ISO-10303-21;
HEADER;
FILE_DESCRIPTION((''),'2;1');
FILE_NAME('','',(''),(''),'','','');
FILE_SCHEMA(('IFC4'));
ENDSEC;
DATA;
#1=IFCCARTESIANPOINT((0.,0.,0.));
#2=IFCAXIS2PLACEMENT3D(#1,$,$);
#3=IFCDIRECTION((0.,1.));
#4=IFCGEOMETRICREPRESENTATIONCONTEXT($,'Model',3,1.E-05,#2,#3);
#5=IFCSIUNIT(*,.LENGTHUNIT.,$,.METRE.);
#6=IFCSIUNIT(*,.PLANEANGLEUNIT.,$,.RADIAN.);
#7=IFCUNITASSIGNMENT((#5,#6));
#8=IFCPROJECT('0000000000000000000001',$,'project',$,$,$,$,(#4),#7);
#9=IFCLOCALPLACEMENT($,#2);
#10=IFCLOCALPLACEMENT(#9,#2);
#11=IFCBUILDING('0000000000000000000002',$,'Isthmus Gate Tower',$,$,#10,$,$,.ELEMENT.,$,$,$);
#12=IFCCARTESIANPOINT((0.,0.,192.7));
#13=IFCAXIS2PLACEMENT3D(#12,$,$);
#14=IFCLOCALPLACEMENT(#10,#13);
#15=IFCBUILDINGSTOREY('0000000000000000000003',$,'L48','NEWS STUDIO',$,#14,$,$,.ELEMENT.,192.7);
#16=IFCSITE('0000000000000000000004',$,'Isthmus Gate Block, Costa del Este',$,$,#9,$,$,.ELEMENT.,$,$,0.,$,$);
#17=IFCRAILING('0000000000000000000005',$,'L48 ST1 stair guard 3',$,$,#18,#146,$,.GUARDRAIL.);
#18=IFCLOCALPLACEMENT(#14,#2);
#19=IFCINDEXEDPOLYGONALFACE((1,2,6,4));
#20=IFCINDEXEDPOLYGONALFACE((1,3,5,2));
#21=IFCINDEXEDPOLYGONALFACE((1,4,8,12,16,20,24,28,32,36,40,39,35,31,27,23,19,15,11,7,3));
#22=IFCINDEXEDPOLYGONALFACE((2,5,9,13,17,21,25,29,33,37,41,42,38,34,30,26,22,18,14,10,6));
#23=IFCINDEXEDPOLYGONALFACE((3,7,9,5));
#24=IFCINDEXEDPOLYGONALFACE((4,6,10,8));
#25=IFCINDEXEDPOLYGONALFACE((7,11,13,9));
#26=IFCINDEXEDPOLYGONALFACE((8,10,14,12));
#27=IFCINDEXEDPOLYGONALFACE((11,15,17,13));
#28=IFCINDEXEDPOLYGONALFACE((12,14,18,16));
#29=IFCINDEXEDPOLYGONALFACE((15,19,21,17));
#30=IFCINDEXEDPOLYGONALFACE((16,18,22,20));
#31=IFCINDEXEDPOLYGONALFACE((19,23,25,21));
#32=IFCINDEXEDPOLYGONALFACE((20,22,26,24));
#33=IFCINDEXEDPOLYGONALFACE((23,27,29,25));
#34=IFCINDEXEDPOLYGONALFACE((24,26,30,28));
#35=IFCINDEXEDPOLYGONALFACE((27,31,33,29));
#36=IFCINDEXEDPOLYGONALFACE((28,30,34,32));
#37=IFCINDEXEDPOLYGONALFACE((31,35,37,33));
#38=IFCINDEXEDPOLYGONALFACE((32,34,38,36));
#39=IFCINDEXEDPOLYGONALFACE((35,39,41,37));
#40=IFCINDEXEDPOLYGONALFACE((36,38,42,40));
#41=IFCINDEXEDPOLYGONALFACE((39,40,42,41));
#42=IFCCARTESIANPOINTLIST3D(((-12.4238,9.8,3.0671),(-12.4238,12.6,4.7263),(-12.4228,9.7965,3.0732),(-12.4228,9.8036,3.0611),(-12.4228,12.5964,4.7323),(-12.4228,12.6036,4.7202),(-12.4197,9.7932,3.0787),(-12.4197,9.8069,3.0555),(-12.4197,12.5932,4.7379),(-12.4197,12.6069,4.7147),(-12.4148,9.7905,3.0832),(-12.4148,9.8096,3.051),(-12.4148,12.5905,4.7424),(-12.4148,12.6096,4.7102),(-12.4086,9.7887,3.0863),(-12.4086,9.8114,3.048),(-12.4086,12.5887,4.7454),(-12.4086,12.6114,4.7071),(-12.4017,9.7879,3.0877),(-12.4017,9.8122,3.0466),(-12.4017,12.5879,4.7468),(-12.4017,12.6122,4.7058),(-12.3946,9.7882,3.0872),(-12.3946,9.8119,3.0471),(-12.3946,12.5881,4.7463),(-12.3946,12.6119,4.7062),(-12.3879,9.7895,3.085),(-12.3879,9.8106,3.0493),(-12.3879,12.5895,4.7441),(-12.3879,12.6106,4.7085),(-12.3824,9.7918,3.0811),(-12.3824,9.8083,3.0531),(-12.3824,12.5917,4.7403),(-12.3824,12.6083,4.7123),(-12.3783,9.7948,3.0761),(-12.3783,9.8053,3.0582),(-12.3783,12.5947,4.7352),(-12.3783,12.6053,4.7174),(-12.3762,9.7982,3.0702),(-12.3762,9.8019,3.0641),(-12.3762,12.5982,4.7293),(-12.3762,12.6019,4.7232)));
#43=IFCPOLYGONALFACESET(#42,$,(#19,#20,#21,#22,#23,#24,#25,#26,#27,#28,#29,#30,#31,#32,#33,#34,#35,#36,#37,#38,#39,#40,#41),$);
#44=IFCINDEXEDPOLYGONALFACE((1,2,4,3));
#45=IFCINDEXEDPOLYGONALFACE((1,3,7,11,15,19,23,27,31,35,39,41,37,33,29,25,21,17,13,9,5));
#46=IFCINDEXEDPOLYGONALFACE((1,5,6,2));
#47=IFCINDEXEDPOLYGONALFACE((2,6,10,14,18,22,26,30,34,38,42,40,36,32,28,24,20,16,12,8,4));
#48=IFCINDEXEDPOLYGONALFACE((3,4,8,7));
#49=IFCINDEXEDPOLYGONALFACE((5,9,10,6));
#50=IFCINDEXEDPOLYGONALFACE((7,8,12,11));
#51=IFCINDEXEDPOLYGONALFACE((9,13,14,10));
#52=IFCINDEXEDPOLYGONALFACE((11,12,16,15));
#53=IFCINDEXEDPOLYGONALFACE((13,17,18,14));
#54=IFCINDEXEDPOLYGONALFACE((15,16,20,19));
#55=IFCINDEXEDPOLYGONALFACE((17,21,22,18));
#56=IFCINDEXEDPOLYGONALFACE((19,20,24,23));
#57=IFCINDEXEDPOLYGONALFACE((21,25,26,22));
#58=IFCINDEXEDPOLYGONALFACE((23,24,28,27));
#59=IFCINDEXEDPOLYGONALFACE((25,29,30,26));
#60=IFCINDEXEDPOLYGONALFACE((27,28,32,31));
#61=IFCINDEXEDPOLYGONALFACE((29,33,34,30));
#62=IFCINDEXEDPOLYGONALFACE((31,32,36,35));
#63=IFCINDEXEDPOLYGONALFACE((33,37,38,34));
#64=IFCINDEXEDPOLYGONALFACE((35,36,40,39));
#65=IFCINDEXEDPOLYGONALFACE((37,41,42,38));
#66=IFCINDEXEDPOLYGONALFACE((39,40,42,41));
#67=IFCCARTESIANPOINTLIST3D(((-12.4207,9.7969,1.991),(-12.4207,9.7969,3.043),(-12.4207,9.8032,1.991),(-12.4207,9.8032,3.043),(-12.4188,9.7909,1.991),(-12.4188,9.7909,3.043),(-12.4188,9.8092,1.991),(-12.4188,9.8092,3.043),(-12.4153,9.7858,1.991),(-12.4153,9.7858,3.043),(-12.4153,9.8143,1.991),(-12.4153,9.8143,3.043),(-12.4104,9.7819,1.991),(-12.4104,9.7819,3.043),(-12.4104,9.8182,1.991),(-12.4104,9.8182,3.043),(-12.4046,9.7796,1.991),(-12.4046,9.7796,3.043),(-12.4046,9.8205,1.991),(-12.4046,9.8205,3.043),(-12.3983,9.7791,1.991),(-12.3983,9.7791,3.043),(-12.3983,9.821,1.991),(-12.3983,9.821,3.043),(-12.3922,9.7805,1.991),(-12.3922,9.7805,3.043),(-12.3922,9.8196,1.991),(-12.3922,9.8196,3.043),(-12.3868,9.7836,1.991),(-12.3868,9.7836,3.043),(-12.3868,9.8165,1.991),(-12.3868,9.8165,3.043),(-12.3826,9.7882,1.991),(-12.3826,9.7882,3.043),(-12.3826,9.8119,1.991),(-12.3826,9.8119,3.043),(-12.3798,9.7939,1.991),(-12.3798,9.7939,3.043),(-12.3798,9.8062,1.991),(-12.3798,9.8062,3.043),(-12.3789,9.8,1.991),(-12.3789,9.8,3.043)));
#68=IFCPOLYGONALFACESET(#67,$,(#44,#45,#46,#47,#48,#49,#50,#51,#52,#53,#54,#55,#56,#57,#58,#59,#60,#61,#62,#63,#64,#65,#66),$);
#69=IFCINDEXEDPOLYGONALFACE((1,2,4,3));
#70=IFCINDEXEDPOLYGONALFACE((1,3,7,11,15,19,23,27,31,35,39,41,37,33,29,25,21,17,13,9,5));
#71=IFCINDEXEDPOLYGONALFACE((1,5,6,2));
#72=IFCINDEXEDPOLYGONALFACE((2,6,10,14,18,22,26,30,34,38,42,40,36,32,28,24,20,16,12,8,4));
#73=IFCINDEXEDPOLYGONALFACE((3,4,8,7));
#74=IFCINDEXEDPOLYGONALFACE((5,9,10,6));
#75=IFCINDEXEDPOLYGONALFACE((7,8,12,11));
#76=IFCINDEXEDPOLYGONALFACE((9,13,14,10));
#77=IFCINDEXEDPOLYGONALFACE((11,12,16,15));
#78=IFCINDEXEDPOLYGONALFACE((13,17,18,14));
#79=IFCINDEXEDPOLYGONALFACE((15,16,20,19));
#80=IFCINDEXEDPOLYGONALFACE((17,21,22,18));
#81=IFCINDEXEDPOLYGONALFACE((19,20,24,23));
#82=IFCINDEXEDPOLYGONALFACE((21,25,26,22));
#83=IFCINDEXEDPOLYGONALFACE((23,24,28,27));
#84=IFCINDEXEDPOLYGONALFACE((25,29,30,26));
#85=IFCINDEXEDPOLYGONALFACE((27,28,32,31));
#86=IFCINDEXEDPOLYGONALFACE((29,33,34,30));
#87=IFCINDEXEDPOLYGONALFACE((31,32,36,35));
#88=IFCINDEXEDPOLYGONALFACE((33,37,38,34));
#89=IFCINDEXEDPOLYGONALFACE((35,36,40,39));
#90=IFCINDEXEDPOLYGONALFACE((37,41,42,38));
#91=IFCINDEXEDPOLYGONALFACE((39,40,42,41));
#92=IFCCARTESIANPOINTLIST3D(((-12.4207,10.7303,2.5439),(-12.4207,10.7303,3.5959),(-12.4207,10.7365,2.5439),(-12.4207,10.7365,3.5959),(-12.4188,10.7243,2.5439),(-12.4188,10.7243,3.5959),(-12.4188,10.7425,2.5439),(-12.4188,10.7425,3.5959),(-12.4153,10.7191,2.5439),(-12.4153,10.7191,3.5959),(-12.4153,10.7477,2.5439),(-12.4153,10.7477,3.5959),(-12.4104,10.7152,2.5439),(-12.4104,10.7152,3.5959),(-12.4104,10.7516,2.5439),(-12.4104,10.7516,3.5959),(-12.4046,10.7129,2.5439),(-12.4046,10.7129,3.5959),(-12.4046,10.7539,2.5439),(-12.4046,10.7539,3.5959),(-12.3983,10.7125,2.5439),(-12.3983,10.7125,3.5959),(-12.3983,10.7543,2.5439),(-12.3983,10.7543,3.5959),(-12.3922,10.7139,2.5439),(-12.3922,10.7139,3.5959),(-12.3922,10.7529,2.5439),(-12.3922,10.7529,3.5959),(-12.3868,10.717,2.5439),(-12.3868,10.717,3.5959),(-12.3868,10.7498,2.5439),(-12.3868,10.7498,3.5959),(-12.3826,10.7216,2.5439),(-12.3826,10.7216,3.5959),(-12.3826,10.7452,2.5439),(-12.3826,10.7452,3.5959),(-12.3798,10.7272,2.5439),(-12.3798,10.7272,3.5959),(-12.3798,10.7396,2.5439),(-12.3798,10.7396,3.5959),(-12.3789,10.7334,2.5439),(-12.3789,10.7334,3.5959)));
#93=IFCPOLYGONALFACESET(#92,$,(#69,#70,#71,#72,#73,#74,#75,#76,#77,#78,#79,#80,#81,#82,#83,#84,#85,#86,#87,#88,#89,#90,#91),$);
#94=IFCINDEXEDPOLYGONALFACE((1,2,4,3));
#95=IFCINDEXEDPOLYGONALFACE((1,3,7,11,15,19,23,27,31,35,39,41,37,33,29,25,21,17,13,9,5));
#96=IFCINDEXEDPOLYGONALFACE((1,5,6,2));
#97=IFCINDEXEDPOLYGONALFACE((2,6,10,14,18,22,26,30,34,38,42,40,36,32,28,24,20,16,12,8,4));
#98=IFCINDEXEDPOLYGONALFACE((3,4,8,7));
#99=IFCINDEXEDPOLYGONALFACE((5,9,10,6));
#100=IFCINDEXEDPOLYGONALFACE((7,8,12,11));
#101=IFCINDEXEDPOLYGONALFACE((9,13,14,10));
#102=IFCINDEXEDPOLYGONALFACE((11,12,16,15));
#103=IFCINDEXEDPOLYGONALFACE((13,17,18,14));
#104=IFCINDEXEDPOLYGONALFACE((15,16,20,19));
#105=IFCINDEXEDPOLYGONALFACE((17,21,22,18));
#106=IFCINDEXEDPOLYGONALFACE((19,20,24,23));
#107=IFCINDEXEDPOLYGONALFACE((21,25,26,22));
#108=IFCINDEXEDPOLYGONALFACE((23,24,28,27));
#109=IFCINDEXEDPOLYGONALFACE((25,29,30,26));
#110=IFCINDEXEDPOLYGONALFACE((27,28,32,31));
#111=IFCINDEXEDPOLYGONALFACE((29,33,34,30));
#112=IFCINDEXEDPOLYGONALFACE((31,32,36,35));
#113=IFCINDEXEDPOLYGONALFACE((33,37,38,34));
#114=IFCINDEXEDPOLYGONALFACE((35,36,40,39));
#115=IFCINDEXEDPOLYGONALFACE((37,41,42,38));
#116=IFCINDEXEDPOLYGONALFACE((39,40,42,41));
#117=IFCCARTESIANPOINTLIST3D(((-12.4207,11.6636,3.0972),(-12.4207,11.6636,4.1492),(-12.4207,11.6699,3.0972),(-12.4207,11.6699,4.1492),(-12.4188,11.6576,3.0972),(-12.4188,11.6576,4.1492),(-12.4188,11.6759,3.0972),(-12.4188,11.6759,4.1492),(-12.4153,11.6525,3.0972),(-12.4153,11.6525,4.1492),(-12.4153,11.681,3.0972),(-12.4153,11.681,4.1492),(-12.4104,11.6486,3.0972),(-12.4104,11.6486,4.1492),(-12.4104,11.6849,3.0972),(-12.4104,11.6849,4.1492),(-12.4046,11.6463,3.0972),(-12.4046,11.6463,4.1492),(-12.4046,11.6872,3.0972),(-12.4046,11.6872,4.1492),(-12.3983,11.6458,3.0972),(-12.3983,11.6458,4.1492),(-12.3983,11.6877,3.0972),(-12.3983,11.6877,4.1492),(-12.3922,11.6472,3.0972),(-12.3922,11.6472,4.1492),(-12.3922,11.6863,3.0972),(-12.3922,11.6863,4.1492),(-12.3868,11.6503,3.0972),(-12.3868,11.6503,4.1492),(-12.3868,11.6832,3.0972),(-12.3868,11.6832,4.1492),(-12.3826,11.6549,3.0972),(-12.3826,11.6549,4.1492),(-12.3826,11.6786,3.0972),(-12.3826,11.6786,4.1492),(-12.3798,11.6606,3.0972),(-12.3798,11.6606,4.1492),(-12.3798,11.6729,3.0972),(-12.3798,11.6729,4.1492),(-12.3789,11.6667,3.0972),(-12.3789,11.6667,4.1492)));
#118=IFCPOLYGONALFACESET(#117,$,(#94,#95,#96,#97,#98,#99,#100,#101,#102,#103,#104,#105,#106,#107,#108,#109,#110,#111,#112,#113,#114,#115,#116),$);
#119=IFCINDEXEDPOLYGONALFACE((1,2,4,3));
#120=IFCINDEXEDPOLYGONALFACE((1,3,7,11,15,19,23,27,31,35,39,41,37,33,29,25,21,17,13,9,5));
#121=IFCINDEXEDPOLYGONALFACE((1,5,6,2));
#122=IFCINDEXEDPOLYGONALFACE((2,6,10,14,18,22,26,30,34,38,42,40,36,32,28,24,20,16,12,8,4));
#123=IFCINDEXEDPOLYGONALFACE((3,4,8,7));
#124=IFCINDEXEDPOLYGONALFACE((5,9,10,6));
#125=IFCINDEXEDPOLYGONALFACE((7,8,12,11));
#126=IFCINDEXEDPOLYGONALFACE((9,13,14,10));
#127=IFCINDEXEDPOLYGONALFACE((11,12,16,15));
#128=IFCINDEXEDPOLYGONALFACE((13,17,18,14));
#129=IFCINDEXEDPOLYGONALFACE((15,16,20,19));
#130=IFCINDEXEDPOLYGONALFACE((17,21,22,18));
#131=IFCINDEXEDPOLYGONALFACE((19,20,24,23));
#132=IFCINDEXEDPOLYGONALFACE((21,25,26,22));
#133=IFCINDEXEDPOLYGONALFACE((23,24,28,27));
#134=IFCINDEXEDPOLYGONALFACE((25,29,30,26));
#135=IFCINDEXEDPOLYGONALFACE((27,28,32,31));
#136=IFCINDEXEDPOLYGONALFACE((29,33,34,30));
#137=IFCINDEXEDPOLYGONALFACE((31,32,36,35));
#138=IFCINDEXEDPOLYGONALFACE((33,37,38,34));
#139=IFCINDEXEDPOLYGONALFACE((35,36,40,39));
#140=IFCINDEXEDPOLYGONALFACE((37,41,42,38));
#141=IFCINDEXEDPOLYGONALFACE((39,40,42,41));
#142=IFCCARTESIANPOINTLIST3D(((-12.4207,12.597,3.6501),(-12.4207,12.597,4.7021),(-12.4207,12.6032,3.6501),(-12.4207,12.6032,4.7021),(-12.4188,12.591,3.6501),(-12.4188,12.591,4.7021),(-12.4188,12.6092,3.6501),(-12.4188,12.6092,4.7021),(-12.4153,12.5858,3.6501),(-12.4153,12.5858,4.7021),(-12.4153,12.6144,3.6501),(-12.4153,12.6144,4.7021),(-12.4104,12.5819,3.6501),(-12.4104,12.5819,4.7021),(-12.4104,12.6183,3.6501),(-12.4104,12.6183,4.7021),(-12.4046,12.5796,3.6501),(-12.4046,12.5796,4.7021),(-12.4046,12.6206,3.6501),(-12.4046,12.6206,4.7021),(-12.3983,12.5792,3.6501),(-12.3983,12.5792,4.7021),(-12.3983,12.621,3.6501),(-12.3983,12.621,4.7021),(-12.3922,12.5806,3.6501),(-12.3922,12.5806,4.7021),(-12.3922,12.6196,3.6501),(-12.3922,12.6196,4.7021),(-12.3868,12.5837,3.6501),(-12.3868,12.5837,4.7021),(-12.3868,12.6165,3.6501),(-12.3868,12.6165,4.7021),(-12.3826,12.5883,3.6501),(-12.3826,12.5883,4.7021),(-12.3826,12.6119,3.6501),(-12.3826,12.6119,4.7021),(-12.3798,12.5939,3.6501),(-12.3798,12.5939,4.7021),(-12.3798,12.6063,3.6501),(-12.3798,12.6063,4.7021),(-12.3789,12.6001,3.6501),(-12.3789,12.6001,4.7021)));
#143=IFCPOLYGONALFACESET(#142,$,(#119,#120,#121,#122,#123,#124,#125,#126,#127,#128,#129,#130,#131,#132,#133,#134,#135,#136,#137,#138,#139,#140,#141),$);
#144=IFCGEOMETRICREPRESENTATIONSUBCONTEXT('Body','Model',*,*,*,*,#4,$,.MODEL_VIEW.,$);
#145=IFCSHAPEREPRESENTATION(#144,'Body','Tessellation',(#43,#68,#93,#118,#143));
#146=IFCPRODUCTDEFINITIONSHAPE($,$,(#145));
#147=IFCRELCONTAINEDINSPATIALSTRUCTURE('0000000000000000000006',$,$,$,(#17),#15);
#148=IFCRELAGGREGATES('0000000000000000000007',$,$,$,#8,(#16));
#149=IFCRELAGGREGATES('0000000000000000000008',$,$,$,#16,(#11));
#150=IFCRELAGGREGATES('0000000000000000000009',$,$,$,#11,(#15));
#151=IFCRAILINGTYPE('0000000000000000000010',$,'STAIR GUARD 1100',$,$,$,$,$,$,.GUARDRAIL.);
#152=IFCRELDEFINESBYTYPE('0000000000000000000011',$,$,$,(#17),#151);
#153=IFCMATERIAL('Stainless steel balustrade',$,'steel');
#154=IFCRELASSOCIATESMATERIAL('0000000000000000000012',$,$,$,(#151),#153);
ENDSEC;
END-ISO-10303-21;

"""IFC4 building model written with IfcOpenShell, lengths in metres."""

from ifc_helpers import new_model, si_unit, direction, frame, origin, origin_2d, place, context, subcontext, project, spatial, circle, extrude, material, type_object, element, save


model = new_model("IFC4")

# Units and contexts
model_context = context("Model", 3, precision=1e-05, world=origin(), true_north=direction((0.0, 1.0)))
body_context = subcontext(model_context, "Body", "Model", "MODEL_VIEW")
ifc_project = project(units=[si_unit("LENGTHUNIT", "METRE"), si_unit("PLANEANGLEUNIT", "RADIAN")], contexts=[model_context])

# Site, building, storey
site_placement = place(None, origin())
site = spatial("IfcSite", under=ifc_project, at=site_placement, Name="Isthmus Gate Block, Costa del Este", CompositionType="ELEMENT", RefElevation=0.0)
building_placement = place(site_placement, origin())
building = spatial("IfcBuilding", under=site, at=building_placement, Name="Isthmus Gate Tower", CompositionType="ELEMENT")
storey_placement = place(building_placement, frame((0.0, 0.0, 192.7)))
storey = spatial("IfcBuildingStorey", under=building, at=storey_placement, Name="L48", Description="NEWS STUDIO", CompositionType="ELEMENT", Elevation=192.7)

# Railing
ifc_material_1 = material(Name="Stainless steel balustrade", Category="steel")
railing_type_1 = type_object("IfcRailingType", Name="STAIR GUARD 1100", PredefinedType="GUARDRAIL", material=ifc_material_1)
railing_1_placement = place(storey_placement, frame((-12.3999, 9.8, 1.991)))
element("IfcRailing", 1, at=railing_1_placement, inside=storey, type_object=railing_type_1, Name="L48 ST1 stair guard 3", PredefinedType="GUARDRAIL", context=body_context, shape_type="SweptSolid", body=[
    extrude(circle(Radius=0.0239, at=origin_2d()), frame((0.0, 0.0, 1.0762), z_axis=(0.0, 0.860306, 0.509778), x_axis=(-1.0, 0.0, 0.0)), (0.0, 0.0, 1.0), 3.2546),
    extrude(circle(Radius=0.021, at=origin_2d()), origin(), (0.0, 0.0, 1.0), 1.052),
    extrude(circle(Radius=0.021, at=origin_2d()), frame((0.0, 0.9333, 0.553)), (0.0, 0.0, 1.0), 1.052),
    extrude(circle(Radius=0.021, at=origin_2d()), frame((0.0, 1.8667, 1.1062)), (0.0, 0.0, 1.0), 1.052),
    extrude(circle(Radius=0.021, at=origin_2d()), frame((0.0, 2.8, 1.6592)), (0.0, 0.0, 1.0), 1.052),
])

save(model, "model.ifc")
